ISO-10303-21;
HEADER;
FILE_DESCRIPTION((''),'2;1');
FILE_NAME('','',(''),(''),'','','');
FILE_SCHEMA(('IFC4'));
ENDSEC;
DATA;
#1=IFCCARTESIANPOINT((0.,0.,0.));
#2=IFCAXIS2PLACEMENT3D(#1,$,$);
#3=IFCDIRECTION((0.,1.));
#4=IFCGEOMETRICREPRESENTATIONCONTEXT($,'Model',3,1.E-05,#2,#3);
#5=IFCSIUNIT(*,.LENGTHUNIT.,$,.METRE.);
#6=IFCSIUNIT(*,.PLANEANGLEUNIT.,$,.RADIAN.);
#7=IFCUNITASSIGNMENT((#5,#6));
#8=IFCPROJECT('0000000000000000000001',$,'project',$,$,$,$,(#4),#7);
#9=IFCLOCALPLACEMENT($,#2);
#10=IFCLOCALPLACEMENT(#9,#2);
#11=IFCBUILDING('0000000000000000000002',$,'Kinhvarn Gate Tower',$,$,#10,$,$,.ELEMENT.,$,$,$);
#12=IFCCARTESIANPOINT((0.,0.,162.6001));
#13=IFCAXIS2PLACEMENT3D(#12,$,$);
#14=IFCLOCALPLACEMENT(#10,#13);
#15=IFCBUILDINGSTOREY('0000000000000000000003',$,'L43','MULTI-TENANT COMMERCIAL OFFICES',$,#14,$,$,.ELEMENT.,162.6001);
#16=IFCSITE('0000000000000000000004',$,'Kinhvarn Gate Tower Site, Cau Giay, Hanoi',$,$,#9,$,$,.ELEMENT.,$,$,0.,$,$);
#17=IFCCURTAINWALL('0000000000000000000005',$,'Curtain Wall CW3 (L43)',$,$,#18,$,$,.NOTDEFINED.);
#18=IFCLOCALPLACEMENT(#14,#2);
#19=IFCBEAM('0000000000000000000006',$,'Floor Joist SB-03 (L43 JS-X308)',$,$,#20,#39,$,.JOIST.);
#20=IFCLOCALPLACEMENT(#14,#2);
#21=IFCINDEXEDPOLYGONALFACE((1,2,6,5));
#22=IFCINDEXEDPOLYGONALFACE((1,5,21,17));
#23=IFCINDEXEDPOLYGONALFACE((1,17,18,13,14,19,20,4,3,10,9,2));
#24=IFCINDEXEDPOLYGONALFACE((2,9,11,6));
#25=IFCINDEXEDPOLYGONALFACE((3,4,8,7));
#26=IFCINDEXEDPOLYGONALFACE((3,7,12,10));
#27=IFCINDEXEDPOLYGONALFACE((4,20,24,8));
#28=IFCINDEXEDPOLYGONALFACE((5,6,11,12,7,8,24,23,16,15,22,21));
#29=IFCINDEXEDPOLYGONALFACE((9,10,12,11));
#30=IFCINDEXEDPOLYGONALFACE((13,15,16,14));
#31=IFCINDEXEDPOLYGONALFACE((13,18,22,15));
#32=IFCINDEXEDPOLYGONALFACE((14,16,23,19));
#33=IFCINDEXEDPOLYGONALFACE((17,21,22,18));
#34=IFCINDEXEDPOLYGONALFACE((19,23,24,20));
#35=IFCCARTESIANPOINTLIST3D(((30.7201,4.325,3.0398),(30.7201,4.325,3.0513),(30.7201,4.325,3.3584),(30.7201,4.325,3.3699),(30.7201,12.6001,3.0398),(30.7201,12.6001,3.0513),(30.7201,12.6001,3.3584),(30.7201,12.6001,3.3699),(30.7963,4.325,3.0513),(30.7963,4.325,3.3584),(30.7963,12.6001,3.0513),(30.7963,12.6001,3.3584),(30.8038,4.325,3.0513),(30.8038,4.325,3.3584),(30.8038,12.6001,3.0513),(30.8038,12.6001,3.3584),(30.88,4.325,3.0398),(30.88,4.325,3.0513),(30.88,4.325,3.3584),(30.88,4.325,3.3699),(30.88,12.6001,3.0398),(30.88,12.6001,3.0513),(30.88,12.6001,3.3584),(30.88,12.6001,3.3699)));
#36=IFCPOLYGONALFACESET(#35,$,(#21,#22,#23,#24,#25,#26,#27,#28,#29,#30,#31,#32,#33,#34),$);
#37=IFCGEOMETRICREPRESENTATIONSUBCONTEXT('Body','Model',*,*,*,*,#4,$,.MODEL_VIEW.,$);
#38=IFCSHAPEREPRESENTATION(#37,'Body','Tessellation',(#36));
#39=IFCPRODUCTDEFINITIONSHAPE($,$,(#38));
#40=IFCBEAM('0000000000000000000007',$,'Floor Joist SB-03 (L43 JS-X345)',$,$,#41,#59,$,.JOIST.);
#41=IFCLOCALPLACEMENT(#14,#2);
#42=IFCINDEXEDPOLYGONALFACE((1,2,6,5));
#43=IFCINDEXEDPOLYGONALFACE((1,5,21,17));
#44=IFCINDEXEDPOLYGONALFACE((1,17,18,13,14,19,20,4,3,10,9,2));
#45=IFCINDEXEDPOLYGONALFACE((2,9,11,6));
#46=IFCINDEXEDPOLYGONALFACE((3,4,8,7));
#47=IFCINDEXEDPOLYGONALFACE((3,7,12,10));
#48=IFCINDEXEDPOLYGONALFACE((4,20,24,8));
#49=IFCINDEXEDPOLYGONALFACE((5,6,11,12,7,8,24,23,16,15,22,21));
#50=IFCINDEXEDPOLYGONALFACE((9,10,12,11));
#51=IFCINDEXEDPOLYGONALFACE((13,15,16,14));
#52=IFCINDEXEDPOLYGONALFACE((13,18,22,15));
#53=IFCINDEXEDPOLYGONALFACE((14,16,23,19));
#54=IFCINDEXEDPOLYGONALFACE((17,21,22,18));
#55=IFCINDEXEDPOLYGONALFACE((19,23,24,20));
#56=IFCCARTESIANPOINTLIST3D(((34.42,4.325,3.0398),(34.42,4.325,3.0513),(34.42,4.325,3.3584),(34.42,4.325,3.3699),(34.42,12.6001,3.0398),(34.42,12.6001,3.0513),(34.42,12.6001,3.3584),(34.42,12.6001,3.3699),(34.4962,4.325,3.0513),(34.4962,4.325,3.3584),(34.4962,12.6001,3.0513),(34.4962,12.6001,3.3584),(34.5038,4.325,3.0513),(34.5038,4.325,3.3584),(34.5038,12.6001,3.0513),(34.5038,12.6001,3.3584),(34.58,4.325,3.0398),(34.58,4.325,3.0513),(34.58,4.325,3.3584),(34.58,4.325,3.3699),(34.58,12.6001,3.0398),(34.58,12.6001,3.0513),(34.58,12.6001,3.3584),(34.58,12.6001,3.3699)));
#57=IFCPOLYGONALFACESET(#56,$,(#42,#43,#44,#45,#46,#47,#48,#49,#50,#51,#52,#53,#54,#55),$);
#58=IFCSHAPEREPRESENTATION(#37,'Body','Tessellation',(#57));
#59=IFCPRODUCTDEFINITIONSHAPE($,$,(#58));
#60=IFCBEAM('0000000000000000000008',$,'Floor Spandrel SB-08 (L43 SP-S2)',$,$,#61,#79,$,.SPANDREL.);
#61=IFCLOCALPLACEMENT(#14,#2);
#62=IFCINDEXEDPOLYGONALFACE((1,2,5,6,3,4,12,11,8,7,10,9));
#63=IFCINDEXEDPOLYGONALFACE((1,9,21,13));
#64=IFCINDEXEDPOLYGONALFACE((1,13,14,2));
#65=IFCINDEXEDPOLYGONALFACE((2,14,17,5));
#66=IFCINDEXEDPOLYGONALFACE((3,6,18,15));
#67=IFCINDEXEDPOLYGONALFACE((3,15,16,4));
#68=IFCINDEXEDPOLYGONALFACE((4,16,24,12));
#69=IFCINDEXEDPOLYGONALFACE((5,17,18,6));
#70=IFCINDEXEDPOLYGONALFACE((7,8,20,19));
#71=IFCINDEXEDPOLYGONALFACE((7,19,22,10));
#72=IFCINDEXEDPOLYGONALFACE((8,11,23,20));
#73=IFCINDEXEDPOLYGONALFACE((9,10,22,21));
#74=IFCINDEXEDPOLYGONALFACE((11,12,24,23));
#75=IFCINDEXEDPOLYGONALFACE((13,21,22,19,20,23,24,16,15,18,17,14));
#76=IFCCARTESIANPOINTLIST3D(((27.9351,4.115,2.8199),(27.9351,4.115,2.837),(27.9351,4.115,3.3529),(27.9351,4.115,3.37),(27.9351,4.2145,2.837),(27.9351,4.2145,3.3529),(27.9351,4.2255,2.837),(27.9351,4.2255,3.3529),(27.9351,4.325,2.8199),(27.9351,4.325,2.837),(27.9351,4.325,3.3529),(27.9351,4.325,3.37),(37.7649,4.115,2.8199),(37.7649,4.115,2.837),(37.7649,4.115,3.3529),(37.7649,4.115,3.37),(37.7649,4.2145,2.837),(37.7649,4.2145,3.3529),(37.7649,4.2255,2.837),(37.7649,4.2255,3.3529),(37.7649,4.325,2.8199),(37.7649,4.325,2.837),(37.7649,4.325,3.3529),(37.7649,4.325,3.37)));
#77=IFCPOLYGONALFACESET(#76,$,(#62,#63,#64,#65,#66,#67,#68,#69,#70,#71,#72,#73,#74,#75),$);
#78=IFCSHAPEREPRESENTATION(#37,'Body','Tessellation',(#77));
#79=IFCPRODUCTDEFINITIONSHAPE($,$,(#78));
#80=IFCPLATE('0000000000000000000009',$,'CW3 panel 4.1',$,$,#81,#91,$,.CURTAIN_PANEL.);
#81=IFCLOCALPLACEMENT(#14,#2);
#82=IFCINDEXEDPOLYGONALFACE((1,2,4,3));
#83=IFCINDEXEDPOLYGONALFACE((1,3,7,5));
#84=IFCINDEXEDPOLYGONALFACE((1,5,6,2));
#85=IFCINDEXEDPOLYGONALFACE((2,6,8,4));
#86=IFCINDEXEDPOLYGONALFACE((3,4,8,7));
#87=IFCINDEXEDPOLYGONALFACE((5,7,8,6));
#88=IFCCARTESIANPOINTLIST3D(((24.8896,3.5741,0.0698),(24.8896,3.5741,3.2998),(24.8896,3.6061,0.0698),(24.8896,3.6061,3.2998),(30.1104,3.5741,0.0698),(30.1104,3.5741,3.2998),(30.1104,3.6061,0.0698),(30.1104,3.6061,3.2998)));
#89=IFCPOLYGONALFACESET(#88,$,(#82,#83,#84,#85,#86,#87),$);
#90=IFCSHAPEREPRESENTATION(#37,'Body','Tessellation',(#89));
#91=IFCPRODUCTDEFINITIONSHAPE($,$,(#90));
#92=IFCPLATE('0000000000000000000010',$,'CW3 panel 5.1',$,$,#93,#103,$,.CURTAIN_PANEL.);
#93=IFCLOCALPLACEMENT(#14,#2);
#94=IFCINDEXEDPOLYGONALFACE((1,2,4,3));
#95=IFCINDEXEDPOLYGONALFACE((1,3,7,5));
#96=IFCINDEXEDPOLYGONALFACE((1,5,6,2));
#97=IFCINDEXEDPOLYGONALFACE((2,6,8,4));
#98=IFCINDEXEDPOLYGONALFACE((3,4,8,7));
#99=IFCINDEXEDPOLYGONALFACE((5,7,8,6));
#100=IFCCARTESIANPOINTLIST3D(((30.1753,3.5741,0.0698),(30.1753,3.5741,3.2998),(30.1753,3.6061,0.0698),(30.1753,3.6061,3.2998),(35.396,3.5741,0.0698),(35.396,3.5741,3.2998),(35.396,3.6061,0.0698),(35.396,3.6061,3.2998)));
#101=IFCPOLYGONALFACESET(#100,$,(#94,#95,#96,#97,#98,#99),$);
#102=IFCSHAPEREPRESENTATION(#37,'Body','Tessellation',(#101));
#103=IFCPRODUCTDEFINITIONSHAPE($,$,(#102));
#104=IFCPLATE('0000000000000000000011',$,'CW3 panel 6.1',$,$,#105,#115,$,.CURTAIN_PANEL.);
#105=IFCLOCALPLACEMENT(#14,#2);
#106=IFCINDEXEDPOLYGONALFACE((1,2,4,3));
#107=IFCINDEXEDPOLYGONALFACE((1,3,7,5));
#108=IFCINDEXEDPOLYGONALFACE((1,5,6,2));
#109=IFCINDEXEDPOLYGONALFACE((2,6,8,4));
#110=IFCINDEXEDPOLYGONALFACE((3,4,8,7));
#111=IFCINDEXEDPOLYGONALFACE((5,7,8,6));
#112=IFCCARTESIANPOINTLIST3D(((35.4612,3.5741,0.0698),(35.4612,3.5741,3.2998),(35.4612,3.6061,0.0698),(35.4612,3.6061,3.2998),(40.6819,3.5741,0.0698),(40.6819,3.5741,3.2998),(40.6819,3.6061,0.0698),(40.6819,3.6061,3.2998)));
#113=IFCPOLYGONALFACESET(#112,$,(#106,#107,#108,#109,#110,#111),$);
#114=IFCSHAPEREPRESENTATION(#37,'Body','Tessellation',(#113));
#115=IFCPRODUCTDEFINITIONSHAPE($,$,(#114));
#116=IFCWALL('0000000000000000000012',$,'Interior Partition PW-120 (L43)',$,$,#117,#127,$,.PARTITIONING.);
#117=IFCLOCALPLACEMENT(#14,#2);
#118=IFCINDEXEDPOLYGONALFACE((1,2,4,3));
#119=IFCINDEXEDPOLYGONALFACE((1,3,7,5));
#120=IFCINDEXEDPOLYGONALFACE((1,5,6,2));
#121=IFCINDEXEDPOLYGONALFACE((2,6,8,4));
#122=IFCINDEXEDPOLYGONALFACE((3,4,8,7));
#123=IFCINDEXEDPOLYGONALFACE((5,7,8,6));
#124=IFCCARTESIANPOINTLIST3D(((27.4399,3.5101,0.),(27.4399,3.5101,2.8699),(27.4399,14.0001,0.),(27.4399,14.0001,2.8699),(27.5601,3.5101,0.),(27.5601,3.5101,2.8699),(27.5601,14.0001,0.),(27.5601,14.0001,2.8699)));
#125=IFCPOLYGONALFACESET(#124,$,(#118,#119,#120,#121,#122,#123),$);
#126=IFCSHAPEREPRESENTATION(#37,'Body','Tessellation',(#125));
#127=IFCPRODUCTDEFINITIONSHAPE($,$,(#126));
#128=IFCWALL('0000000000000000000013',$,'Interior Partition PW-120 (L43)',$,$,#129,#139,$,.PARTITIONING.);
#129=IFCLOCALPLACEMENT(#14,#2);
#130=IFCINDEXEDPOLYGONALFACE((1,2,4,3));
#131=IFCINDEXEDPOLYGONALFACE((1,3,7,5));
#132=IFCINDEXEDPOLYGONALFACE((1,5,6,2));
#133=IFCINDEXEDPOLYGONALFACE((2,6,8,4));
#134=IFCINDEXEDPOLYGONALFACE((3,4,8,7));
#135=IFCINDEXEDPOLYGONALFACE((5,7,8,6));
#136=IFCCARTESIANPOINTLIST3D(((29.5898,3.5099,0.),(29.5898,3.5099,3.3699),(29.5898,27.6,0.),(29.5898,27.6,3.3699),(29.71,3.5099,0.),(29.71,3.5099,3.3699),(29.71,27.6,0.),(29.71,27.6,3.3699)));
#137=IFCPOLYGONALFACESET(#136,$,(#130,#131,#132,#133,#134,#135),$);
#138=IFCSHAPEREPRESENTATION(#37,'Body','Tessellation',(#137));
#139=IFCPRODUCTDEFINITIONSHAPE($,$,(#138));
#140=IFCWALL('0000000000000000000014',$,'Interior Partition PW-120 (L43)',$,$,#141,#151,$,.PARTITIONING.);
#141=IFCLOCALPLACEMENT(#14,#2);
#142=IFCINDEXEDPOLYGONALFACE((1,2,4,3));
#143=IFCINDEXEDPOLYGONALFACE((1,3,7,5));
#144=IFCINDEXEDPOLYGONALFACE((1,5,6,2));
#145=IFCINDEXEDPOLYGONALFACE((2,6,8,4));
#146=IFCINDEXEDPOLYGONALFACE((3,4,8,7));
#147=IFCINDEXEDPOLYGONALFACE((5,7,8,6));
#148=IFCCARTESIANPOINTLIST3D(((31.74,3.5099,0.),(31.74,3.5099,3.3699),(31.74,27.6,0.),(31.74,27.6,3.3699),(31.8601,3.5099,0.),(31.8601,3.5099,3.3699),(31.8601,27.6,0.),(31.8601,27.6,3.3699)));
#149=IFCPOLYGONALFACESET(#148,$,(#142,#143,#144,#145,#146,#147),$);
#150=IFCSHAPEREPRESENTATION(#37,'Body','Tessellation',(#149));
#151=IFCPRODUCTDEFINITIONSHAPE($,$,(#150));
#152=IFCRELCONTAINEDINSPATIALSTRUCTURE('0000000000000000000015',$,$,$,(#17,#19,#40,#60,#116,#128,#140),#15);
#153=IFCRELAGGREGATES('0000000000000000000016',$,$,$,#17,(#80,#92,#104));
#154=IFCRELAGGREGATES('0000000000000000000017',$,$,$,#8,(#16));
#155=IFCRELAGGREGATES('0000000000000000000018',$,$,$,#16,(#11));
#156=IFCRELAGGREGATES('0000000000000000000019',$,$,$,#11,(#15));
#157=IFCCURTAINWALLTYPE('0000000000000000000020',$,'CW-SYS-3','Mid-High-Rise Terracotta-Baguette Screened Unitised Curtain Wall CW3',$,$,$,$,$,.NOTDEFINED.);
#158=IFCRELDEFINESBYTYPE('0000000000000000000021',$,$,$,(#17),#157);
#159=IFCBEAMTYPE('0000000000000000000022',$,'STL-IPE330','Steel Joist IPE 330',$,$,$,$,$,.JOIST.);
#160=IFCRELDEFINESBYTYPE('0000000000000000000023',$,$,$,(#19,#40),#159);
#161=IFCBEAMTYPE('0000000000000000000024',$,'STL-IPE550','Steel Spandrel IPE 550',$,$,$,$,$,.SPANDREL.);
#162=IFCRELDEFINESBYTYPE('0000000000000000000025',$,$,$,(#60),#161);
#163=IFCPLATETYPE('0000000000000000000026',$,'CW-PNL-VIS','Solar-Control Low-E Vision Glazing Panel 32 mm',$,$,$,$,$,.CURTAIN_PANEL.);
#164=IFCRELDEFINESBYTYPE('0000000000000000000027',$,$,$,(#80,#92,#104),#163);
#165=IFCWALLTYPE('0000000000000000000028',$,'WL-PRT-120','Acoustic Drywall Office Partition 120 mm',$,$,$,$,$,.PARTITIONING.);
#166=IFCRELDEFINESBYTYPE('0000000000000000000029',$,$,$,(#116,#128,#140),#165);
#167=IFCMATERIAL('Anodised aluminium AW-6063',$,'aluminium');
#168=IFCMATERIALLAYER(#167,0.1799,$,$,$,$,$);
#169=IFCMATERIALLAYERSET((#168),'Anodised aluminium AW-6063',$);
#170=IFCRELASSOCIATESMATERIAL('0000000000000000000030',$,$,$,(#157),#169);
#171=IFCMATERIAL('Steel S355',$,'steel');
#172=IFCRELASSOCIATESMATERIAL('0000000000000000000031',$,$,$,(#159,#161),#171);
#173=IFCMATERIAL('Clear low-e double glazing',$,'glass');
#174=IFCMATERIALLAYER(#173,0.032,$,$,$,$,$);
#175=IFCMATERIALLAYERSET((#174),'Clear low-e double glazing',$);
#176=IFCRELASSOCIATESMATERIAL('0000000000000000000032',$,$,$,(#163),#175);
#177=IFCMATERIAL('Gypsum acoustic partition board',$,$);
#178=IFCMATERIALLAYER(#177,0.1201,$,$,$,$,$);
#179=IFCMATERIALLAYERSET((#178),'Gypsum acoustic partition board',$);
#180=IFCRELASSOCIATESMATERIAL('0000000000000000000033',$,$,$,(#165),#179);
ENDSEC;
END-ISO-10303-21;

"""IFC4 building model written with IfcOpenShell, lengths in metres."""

from ifc_helpers import new_model, si_unit, direction, frame, frame_2d, origin, origin_2d, place, context, subcontext, project, spatial, rectangle, i_section, extrude, material, layer, layer_set, material_profile, profile_set, type_object, element, aggregate, save


model = new_model("IFC4")

# Units and contexts
model_context = context("Model", 3, precision=1e-05, world=origin(), true_north=direction((0.0, 1.0)))
body_context = subcontext(model_context, "Body", "Model", "MODEL_VIEW")
ifc_project = project(units=[si_unit("LENGTHUNIT", "METRE"), si_unit("PLANEANGLEUNIT", "RADIAN")], contexts=[model_context])

# Site, building, storey
site_placement = place(None, origin())
site = spatial("IfcSite", under=ifc_project, at=site_placement, Name="Kinhvarn Gate Tower Site, Cau Giay, Hanoi", CompositionType="ELEMENT", RefElevation=0.0)
building_placement = place(site_placement, origin())
building = spatial("IfcBuilding", under=site, at=building_placement, Name="Kinhvarn Gate Tower", CompositionType="ELEMENT")
storey_placement = place(building_placement, frame((0.0, 0.0, 162.6001)))
storey = spatial("IfcBuildingStorey", under=building, at=storey_placement, Name="L43", Description="MULTI-TENANT COMMERCIAL OFFICES", CompositionType="ELEMENT", Elevation=162.6001)

# Curtain wall
ifc_material_1 = material(Name="Anodised aluminium AW-6063", Category="aluminium")
ifc_layer_1 = layer(ifc_material_1, 0.1799)
ifc_layer_set_1 = layer_set([ifc_layer_1], Name="Anodised aluminium AW-6063")
curtain_wall_type = type_object("IfcCurtainWallType", Name="CW-SYS-3", Description="Mid-High-Rise Terracotta-Baguette Screened Unitised Curtain Wall CW3", PredefinedType="NOTDEFINED", material=ifc_layer_set_1)
curtain_wall_placement = place(storey_placement, origin())
curtain_wall = element("IfcCurtainWall", 1, at=curtain_wall_placement, inside=storey, type_object=curtain_wall_type, Name="Curtain Wall CW3 (L43)", PredefinedType="NOTDEFINED")

# Beams
ifc_material_2 = material(Name="Steel S355", Category="steel")
ifc_material_profile_1 = material_profile(ifc_material_2, i_section(OverallWidth=0.1599, OverallDepth=0.3301, WebThickness=0.0076, FlangeThickness=0.0115, at=origin_2d()), Name="IPE 330")
ifc_profile_set_1 = profile_set([ifc_material_profile_1], Name="Steel S355")
beam_type_1 = type_object("IfcBeamType", Name="STL-IPE330", Description="Steel Joist IPE 330", PredefinedType="JOIST", material=ifc_profile_set_1)
for number, where, z_axis, x_axis, name in (
    (2, (30.8, 4.325, 3.2048), (0.0, 1.0, 0.0), (-1.0, 0.0, 0.0), "Floor Joist SB-03 (L43 JS-X308)"),
    (3, (34.5, 4.325, 3.2048), (0.0, 1.0, 0.0), (-1.0, 0.0, 0.0), "Floor Joist SB-03 (L43 JS-X345)"),
):
    element("IfcBeam", number, at=place(storey_placement, frame(where, z_axis=z_axis, x_axis=x_axis)), inside=storey, type_object=beam_type_1, Name=name, PredefinedType="JOIST", context=body_context, shape_type="SweptSolid", body=[
        extrude(i_section(OverallWidth=0.1599, OverallDepth=0.3301, WebThickness=0.0076, FlangeThickness=0.0115, at=origin_2d()), origin(), (0.0, 0.0, 1.0), 8.2751),
    ])
ifc_material_profile_2 = material_profile(ifc_material_2, i_section(OverallWidth=0.21, OverallDepth=0.55, WebThickness=0.011, FlangeThickness=0.0171, at=origin_2d()), Name="IPE 550")
ifc_profile_set_2 = profile_set([ifc_material_profile_2], Name="Steel S355")
beam_type_2 = type_object("IfcBeamType", Name="STL-IPE550", Description="Steel Spandrel IPE 550", PredefinedType="SPANDREL", material=ifc_profile_set_2)
beam_1_placement = place(storey_placement, frame((27.9351, 4.22, 3.095), z_axis=(1.0, 0.0, 0.0), x_axis=(0.0, 1.0, 0.0)))
element("IfcBeam", 4, at=beam_1_placement, inside=storey, type_object=beam_type_2, Name="Floor Spandrel SB-08 (L43 SP-S2)", PredefinedType="SPANDREL", context=body_context, shape_type="SweptSolid", body=[
    extrude(i_section(OverallWidth=0.21, OverallDepth=0.55, WebThickness=0.011, FlangeThickness=0.0171, at=origin_2d()), origin(), (0.0, 0.0, 1.0), 9.8298),
])

# Plates
ifc_material_3 = material(Name="Clear low-e double glazing", Category="glass")
ifc_layer_2 = layer(ifc_material_3, 0.032)
ifc_layer_set_2 = layer_set([ifc_layer_2], Name="Clear low-e double glazing")
plate_type = type_object("IfcPlateType", Name="CW-PNL-VIS", Description="Solar-Control Low-E Vision Glazing Panel 32 mm", PredefinedType="CURTAIN_PANEL", material=ifc_layer_set_2)
plate_1_placement = place(storey_placement, frame((27.5, 3.5901, 0.0698), z_axis=(0.0, 0.0, 1.0), x_axis=(1.0, 0.0, 0.0)))
plate_1 = element("IfcPlate", 5, at=plate_1_placement, type_object=plate_type, Name="CW3 panel 4.1", PredefinedType="CURTAIN_PANEL", context=body_context, shape_type="SweptSolid", body=[
    extrude(rectangle(XDim=5.2207, YDim=0.032, at=origin_2d()), origin(), (0.0, 0.0, 1.0), 3.23),
])
plate_2_placement = place(storey_placement, frame((32.7856, 3.5901, 0.0698), z_axis=(0.0, 0.0, 1.0), x_axis=(1.0, 0.0, 0.0)))
plate_2 = element("IfcPlate", 6, at=plate_2_placement, type_object=plate_type, Name="CW3 panel 5.1", PredefinedType="CURTAIN_PANEL", context=body_context, shape_type="SweptSolid", body=[
    extrude(rectangle(XDim=5.2207, YDim=0.032, at=origin_2d()), origin(), (0.0, 0.0, 1.0), 3.23),
])
plate_3_placement = place(storey_placement, frame((38.0715, 3.5901, 0.0698), z_axis=(0.0, 0.0, 1.0), x_axis=(1.0, 0.0, 0.0)))
plate_3 = element("IfcPlate", 7, at=plate_3_placement, type_object=plate_type, Name="CW3 panel 6.1", PredefinedType="CURTAIN_PANEL", context=body_context, shape_type="SweptSolid", body=[
    extrude(rectangle(XDim=5.2207, YDim=0.032, at=origin_2d()), origin(), (0.0, 0.0, 1.0), 3.23),
])
aggregate(curtain_wall, [plate_1, plate_2, plate_3])

# Walls
ifc_material_4 = material(Name="Gypsum acoustic partition board")
ifc_layer_3 = layer(ifc_material_4, 0.1201)
ifc_layer_set_3 = layer_set([ifc_layer_3], Name="Gypsum acoustic partition board")
wall_type = type_object("IfcWallType", Name="WL-PRT-120", Description="Acoustic Drywall Office Partition 120 mm", PredefinedType="PARTITIONING", material=ifc_layer_set_3)
wall_placement = place(storey_placement, frame((27.5, 3.51, 0.0), z_axis=(0.0, 0.0, 1.0), x_axis=(0.0, 1.0, 0.0)))
element("IfcWall", 8, at=wall_placement, inside=storey, type_object=wall_type, Name="Interior Partition PW-120 (L43)", PredefinedType="PARTITIONING", context=body_context, shape_type="SweptSolid", body=[
    extrude(rectangle(XDim=10.49, YDim=0.1201, at=frame_2d((5.2451, 0.0))), origin(), (0.0, 0.0, 1.0), 2.8699),
])
for number, where, z_axis, x_axis, name in (
    (9, (29.6499, 3.51, 0.0), (0.0, 0.0, 1.0), (0.0, 1.0, 0.0), "Interior Partition PW-120 (L43)"),
    (10, (31.8, 3.51, 0.0), (0.0, 0.0, 1.0), (0.0, 1.0, 0.0), "Interior Partition PW-120 (L43)"),
):
    element("IfcWall", number, at=place(storey_placement, frame(where, z_axis=z_axis, x_axis=x_axis)), inside=storey, type_object=wall_type, Name=name, PredefinedType="PARTITIONING", context=body_context, shape_type="SweptSolid", body=[
        extrude(rectangle(XDim=24.0901, YDim=0.1201, at=frame_2d((12.0449, 0.0))), origin(), (0.0, 0.0, 1.0), 3.3699),
    ])

save(model, "model.ifc")
